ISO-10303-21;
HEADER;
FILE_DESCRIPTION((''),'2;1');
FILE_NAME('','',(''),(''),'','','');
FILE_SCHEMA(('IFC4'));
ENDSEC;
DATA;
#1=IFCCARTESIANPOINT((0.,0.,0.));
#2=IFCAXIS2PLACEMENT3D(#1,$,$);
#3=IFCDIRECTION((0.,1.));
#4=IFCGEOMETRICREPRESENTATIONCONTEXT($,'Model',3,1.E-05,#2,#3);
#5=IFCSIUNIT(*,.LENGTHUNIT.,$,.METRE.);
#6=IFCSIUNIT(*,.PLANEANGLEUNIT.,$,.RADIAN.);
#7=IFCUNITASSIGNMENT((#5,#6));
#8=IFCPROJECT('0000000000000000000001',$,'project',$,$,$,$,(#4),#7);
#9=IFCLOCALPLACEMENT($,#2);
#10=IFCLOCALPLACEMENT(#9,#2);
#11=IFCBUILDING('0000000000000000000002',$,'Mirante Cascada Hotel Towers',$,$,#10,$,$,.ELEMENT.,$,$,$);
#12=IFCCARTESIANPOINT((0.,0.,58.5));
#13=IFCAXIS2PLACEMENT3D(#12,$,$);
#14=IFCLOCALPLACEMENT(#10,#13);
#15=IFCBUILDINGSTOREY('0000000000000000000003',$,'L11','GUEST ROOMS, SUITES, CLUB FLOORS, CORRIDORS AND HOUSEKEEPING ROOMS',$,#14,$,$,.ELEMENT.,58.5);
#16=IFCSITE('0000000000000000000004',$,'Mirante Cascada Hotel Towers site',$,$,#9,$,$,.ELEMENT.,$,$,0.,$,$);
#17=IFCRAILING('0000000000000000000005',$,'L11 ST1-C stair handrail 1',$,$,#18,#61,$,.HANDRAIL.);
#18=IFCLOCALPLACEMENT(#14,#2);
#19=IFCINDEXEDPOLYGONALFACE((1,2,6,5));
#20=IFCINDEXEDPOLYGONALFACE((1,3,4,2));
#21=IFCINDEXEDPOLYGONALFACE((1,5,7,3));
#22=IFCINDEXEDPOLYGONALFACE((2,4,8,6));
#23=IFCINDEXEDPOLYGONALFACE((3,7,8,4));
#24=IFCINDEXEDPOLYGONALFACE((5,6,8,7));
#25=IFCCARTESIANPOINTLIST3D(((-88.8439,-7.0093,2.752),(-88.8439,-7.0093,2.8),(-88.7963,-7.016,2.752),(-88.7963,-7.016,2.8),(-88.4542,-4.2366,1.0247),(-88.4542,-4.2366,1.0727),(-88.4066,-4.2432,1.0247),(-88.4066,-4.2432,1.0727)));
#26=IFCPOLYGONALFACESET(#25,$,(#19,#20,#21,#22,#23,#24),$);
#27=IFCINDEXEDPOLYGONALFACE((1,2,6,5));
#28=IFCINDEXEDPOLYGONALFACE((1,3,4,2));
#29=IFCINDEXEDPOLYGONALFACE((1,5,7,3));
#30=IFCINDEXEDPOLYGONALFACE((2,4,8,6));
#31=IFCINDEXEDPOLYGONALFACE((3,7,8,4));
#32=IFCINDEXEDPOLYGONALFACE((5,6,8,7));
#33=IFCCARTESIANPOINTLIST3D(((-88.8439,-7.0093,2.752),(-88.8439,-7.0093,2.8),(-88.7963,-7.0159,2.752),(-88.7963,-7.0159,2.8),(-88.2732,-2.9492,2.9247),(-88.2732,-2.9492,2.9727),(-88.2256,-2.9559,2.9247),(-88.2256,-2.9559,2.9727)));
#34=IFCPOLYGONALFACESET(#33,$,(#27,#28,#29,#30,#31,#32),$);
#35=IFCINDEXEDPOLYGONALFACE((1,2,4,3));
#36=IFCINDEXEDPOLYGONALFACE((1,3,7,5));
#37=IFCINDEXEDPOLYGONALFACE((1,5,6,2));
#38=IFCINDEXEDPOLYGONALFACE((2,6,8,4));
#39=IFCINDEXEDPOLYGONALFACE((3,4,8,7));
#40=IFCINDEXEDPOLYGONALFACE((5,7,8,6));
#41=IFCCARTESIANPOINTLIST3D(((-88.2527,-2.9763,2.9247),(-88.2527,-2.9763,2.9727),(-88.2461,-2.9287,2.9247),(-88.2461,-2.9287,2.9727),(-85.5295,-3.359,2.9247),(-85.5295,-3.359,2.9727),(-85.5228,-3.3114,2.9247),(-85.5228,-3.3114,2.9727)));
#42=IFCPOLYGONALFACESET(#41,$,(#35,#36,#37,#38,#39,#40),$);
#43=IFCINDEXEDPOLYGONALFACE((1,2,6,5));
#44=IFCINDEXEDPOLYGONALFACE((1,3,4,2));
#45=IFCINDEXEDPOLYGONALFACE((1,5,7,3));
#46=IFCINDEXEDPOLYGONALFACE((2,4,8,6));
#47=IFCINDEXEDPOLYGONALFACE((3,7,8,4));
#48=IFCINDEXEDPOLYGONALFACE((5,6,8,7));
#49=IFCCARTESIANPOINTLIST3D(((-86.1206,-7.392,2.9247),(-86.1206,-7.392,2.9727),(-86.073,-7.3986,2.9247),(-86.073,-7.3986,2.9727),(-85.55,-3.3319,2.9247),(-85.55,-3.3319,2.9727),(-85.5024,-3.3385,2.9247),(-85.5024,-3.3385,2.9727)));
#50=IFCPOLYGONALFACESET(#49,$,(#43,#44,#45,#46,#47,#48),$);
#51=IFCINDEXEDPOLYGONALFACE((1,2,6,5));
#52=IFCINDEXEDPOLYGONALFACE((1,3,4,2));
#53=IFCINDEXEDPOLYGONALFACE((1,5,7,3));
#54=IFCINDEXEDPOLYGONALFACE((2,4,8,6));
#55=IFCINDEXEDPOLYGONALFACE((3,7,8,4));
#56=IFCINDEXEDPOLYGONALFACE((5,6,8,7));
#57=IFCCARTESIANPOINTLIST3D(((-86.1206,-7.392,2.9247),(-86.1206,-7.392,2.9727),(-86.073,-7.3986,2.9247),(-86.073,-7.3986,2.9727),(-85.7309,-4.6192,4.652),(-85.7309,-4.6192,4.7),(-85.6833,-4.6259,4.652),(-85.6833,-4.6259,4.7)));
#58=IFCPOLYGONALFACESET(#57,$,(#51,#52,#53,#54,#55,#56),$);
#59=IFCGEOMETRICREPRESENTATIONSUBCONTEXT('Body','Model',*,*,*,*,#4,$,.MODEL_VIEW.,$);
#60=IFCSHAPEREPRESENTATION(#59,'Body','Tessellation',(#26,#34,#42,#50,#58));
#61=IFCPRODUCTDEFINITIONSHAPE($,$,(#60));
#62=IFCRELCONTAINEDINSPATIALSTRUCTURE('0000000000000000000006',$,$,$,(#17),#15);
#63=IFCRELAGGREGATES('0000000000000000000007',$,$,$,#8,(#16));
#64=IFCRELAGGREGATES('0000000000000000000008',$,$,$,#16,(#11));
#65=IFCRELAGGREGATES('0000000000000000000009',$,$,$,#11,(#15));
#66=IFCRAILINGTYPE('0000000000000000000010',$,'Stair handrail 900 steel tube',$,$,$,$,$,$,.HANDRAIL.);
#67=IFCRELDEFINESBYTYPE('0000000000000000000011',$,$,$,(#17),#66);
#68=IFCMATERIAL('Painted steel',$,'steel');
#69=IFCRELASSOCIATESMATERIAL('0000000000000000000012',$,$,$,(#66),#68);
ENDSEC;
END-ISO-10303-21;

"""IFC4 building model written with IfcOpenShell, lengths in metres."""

from ifc_helpers import new_model, si_unit, direction, frame, origin, origin_2d, place, context, subcontext, project, spatial, rectangle, extrude, material, type_object, element, save


model = new_model("IFC4")

# Units and contexts
model_context = context("Model", 3, precision=1e-05, world=origin(), true_north=direction((0.0, 1.0)))
body_context = subcontext(model_context, "Body", "Model", "MODEL_VIEW")
ifc_project = project(units=[si_unit("LENGTHUNIT", "METRE"), si_unit("PLANEANGLEUNIT", "RADIAN")], contexts=[model_context])

# Site, building, storey
site_placement = place(None, origin())
site = spatial("IfcSite", under=ifc_project, at=site_placement, Name="Mirante Cascada Hotel Towers site", CompositionType="ELEMENT", RefElevation=0.0)
building_placement = place(site_placement, origin())
building = spatial("IfcBuilding", under=site, at=building_placement, Name="Mirante Cascada Hotel Towers", CompositionType="ELEMENT")
storey_placement = place(building_placement, frame((0.0, 0.0, 58.5)))
storey = spatial("IfcBuildingStorey", under=building, at=storey_placement, Name="L11", Description="GUEST ROOMS, SUITES, CLUB FLOORS, CORRIDORS AND HOUSEKEEPING ROOMS", CompositionType="ELEMENT", Elevation=58.5)

# Railing
ifc_material_1 = material(Name="Painted steel", Category="steel")
railing_type = type_object("IfcRailingType", Name="Stair handrail 900 steel tube", PredefinedType="HANDRAIL", material=ifc_material_1)
railing_placement = place(storey_placement, frame((-88.4304, -4.2399, 0.1727)))
element("IfcRailing", 1, at=railing_placement, inside=storey, type_object=railing_type, Name="L11 ST1-C stair handrail 1", PredefinedType="HANDRAIL", context=body_context, shape_type="SweptSolid", body=[
    extrude(rectangle(XDim=0.048, YDim=0.048, at=origin_2d()), frame((0.0, 0.0, 0.876), z_axis=(-0.139181, -0.990267, 0.0), x_axis=(0.990267, -0.139181, 0.0)), (0.0, 0.525035, 0.851081), 3.2899),
    extrude(rectangle(XDim=0.048, YDim=0.048, at=origin_2d()), frame((-0.3897, -2.7727, 2.6033), z_axis=(0.139195, 0.990265, 0.0), x_axis=(-0.990265, 0.139195, 0.0)), (0.0, 0.042084, 0.999114), 4.1036),
    extrude(rectangle(XDim=0.048, YDim=0.048, at=origin_2d()), frame((0.181, 1.2874, 2.776), z_axis=(0.990269, -0.139166, 0.0), x_axis=(0.139166, 0.990269, 0.0)), (0.0, 0.0, 1.0), 2.75),
    extrude(rectangle(XDim=0.048, YDim=0.048, at=origin_2d()), frame((2.9042, 0.9047, 2.776), z_axis=(-0.139171, -0.990268, 0.0), x_axis=(0.990268, -0.139171, 0.0)), (0.0, 0.0, 1.0), 4.1),
    extrude(rectangle(XDim=0.048, YDim=0.048, at=origin_2d()), frame((2.3336, -3.1554, 2.776), z_axis=(0.139181, 0.990267, 0.0), x_axis=(-0.990267, 0.139181, 0.0)), (0.0, 0.525035, 0.851081), 3.2899),
])

save(model, "model.ifc")
